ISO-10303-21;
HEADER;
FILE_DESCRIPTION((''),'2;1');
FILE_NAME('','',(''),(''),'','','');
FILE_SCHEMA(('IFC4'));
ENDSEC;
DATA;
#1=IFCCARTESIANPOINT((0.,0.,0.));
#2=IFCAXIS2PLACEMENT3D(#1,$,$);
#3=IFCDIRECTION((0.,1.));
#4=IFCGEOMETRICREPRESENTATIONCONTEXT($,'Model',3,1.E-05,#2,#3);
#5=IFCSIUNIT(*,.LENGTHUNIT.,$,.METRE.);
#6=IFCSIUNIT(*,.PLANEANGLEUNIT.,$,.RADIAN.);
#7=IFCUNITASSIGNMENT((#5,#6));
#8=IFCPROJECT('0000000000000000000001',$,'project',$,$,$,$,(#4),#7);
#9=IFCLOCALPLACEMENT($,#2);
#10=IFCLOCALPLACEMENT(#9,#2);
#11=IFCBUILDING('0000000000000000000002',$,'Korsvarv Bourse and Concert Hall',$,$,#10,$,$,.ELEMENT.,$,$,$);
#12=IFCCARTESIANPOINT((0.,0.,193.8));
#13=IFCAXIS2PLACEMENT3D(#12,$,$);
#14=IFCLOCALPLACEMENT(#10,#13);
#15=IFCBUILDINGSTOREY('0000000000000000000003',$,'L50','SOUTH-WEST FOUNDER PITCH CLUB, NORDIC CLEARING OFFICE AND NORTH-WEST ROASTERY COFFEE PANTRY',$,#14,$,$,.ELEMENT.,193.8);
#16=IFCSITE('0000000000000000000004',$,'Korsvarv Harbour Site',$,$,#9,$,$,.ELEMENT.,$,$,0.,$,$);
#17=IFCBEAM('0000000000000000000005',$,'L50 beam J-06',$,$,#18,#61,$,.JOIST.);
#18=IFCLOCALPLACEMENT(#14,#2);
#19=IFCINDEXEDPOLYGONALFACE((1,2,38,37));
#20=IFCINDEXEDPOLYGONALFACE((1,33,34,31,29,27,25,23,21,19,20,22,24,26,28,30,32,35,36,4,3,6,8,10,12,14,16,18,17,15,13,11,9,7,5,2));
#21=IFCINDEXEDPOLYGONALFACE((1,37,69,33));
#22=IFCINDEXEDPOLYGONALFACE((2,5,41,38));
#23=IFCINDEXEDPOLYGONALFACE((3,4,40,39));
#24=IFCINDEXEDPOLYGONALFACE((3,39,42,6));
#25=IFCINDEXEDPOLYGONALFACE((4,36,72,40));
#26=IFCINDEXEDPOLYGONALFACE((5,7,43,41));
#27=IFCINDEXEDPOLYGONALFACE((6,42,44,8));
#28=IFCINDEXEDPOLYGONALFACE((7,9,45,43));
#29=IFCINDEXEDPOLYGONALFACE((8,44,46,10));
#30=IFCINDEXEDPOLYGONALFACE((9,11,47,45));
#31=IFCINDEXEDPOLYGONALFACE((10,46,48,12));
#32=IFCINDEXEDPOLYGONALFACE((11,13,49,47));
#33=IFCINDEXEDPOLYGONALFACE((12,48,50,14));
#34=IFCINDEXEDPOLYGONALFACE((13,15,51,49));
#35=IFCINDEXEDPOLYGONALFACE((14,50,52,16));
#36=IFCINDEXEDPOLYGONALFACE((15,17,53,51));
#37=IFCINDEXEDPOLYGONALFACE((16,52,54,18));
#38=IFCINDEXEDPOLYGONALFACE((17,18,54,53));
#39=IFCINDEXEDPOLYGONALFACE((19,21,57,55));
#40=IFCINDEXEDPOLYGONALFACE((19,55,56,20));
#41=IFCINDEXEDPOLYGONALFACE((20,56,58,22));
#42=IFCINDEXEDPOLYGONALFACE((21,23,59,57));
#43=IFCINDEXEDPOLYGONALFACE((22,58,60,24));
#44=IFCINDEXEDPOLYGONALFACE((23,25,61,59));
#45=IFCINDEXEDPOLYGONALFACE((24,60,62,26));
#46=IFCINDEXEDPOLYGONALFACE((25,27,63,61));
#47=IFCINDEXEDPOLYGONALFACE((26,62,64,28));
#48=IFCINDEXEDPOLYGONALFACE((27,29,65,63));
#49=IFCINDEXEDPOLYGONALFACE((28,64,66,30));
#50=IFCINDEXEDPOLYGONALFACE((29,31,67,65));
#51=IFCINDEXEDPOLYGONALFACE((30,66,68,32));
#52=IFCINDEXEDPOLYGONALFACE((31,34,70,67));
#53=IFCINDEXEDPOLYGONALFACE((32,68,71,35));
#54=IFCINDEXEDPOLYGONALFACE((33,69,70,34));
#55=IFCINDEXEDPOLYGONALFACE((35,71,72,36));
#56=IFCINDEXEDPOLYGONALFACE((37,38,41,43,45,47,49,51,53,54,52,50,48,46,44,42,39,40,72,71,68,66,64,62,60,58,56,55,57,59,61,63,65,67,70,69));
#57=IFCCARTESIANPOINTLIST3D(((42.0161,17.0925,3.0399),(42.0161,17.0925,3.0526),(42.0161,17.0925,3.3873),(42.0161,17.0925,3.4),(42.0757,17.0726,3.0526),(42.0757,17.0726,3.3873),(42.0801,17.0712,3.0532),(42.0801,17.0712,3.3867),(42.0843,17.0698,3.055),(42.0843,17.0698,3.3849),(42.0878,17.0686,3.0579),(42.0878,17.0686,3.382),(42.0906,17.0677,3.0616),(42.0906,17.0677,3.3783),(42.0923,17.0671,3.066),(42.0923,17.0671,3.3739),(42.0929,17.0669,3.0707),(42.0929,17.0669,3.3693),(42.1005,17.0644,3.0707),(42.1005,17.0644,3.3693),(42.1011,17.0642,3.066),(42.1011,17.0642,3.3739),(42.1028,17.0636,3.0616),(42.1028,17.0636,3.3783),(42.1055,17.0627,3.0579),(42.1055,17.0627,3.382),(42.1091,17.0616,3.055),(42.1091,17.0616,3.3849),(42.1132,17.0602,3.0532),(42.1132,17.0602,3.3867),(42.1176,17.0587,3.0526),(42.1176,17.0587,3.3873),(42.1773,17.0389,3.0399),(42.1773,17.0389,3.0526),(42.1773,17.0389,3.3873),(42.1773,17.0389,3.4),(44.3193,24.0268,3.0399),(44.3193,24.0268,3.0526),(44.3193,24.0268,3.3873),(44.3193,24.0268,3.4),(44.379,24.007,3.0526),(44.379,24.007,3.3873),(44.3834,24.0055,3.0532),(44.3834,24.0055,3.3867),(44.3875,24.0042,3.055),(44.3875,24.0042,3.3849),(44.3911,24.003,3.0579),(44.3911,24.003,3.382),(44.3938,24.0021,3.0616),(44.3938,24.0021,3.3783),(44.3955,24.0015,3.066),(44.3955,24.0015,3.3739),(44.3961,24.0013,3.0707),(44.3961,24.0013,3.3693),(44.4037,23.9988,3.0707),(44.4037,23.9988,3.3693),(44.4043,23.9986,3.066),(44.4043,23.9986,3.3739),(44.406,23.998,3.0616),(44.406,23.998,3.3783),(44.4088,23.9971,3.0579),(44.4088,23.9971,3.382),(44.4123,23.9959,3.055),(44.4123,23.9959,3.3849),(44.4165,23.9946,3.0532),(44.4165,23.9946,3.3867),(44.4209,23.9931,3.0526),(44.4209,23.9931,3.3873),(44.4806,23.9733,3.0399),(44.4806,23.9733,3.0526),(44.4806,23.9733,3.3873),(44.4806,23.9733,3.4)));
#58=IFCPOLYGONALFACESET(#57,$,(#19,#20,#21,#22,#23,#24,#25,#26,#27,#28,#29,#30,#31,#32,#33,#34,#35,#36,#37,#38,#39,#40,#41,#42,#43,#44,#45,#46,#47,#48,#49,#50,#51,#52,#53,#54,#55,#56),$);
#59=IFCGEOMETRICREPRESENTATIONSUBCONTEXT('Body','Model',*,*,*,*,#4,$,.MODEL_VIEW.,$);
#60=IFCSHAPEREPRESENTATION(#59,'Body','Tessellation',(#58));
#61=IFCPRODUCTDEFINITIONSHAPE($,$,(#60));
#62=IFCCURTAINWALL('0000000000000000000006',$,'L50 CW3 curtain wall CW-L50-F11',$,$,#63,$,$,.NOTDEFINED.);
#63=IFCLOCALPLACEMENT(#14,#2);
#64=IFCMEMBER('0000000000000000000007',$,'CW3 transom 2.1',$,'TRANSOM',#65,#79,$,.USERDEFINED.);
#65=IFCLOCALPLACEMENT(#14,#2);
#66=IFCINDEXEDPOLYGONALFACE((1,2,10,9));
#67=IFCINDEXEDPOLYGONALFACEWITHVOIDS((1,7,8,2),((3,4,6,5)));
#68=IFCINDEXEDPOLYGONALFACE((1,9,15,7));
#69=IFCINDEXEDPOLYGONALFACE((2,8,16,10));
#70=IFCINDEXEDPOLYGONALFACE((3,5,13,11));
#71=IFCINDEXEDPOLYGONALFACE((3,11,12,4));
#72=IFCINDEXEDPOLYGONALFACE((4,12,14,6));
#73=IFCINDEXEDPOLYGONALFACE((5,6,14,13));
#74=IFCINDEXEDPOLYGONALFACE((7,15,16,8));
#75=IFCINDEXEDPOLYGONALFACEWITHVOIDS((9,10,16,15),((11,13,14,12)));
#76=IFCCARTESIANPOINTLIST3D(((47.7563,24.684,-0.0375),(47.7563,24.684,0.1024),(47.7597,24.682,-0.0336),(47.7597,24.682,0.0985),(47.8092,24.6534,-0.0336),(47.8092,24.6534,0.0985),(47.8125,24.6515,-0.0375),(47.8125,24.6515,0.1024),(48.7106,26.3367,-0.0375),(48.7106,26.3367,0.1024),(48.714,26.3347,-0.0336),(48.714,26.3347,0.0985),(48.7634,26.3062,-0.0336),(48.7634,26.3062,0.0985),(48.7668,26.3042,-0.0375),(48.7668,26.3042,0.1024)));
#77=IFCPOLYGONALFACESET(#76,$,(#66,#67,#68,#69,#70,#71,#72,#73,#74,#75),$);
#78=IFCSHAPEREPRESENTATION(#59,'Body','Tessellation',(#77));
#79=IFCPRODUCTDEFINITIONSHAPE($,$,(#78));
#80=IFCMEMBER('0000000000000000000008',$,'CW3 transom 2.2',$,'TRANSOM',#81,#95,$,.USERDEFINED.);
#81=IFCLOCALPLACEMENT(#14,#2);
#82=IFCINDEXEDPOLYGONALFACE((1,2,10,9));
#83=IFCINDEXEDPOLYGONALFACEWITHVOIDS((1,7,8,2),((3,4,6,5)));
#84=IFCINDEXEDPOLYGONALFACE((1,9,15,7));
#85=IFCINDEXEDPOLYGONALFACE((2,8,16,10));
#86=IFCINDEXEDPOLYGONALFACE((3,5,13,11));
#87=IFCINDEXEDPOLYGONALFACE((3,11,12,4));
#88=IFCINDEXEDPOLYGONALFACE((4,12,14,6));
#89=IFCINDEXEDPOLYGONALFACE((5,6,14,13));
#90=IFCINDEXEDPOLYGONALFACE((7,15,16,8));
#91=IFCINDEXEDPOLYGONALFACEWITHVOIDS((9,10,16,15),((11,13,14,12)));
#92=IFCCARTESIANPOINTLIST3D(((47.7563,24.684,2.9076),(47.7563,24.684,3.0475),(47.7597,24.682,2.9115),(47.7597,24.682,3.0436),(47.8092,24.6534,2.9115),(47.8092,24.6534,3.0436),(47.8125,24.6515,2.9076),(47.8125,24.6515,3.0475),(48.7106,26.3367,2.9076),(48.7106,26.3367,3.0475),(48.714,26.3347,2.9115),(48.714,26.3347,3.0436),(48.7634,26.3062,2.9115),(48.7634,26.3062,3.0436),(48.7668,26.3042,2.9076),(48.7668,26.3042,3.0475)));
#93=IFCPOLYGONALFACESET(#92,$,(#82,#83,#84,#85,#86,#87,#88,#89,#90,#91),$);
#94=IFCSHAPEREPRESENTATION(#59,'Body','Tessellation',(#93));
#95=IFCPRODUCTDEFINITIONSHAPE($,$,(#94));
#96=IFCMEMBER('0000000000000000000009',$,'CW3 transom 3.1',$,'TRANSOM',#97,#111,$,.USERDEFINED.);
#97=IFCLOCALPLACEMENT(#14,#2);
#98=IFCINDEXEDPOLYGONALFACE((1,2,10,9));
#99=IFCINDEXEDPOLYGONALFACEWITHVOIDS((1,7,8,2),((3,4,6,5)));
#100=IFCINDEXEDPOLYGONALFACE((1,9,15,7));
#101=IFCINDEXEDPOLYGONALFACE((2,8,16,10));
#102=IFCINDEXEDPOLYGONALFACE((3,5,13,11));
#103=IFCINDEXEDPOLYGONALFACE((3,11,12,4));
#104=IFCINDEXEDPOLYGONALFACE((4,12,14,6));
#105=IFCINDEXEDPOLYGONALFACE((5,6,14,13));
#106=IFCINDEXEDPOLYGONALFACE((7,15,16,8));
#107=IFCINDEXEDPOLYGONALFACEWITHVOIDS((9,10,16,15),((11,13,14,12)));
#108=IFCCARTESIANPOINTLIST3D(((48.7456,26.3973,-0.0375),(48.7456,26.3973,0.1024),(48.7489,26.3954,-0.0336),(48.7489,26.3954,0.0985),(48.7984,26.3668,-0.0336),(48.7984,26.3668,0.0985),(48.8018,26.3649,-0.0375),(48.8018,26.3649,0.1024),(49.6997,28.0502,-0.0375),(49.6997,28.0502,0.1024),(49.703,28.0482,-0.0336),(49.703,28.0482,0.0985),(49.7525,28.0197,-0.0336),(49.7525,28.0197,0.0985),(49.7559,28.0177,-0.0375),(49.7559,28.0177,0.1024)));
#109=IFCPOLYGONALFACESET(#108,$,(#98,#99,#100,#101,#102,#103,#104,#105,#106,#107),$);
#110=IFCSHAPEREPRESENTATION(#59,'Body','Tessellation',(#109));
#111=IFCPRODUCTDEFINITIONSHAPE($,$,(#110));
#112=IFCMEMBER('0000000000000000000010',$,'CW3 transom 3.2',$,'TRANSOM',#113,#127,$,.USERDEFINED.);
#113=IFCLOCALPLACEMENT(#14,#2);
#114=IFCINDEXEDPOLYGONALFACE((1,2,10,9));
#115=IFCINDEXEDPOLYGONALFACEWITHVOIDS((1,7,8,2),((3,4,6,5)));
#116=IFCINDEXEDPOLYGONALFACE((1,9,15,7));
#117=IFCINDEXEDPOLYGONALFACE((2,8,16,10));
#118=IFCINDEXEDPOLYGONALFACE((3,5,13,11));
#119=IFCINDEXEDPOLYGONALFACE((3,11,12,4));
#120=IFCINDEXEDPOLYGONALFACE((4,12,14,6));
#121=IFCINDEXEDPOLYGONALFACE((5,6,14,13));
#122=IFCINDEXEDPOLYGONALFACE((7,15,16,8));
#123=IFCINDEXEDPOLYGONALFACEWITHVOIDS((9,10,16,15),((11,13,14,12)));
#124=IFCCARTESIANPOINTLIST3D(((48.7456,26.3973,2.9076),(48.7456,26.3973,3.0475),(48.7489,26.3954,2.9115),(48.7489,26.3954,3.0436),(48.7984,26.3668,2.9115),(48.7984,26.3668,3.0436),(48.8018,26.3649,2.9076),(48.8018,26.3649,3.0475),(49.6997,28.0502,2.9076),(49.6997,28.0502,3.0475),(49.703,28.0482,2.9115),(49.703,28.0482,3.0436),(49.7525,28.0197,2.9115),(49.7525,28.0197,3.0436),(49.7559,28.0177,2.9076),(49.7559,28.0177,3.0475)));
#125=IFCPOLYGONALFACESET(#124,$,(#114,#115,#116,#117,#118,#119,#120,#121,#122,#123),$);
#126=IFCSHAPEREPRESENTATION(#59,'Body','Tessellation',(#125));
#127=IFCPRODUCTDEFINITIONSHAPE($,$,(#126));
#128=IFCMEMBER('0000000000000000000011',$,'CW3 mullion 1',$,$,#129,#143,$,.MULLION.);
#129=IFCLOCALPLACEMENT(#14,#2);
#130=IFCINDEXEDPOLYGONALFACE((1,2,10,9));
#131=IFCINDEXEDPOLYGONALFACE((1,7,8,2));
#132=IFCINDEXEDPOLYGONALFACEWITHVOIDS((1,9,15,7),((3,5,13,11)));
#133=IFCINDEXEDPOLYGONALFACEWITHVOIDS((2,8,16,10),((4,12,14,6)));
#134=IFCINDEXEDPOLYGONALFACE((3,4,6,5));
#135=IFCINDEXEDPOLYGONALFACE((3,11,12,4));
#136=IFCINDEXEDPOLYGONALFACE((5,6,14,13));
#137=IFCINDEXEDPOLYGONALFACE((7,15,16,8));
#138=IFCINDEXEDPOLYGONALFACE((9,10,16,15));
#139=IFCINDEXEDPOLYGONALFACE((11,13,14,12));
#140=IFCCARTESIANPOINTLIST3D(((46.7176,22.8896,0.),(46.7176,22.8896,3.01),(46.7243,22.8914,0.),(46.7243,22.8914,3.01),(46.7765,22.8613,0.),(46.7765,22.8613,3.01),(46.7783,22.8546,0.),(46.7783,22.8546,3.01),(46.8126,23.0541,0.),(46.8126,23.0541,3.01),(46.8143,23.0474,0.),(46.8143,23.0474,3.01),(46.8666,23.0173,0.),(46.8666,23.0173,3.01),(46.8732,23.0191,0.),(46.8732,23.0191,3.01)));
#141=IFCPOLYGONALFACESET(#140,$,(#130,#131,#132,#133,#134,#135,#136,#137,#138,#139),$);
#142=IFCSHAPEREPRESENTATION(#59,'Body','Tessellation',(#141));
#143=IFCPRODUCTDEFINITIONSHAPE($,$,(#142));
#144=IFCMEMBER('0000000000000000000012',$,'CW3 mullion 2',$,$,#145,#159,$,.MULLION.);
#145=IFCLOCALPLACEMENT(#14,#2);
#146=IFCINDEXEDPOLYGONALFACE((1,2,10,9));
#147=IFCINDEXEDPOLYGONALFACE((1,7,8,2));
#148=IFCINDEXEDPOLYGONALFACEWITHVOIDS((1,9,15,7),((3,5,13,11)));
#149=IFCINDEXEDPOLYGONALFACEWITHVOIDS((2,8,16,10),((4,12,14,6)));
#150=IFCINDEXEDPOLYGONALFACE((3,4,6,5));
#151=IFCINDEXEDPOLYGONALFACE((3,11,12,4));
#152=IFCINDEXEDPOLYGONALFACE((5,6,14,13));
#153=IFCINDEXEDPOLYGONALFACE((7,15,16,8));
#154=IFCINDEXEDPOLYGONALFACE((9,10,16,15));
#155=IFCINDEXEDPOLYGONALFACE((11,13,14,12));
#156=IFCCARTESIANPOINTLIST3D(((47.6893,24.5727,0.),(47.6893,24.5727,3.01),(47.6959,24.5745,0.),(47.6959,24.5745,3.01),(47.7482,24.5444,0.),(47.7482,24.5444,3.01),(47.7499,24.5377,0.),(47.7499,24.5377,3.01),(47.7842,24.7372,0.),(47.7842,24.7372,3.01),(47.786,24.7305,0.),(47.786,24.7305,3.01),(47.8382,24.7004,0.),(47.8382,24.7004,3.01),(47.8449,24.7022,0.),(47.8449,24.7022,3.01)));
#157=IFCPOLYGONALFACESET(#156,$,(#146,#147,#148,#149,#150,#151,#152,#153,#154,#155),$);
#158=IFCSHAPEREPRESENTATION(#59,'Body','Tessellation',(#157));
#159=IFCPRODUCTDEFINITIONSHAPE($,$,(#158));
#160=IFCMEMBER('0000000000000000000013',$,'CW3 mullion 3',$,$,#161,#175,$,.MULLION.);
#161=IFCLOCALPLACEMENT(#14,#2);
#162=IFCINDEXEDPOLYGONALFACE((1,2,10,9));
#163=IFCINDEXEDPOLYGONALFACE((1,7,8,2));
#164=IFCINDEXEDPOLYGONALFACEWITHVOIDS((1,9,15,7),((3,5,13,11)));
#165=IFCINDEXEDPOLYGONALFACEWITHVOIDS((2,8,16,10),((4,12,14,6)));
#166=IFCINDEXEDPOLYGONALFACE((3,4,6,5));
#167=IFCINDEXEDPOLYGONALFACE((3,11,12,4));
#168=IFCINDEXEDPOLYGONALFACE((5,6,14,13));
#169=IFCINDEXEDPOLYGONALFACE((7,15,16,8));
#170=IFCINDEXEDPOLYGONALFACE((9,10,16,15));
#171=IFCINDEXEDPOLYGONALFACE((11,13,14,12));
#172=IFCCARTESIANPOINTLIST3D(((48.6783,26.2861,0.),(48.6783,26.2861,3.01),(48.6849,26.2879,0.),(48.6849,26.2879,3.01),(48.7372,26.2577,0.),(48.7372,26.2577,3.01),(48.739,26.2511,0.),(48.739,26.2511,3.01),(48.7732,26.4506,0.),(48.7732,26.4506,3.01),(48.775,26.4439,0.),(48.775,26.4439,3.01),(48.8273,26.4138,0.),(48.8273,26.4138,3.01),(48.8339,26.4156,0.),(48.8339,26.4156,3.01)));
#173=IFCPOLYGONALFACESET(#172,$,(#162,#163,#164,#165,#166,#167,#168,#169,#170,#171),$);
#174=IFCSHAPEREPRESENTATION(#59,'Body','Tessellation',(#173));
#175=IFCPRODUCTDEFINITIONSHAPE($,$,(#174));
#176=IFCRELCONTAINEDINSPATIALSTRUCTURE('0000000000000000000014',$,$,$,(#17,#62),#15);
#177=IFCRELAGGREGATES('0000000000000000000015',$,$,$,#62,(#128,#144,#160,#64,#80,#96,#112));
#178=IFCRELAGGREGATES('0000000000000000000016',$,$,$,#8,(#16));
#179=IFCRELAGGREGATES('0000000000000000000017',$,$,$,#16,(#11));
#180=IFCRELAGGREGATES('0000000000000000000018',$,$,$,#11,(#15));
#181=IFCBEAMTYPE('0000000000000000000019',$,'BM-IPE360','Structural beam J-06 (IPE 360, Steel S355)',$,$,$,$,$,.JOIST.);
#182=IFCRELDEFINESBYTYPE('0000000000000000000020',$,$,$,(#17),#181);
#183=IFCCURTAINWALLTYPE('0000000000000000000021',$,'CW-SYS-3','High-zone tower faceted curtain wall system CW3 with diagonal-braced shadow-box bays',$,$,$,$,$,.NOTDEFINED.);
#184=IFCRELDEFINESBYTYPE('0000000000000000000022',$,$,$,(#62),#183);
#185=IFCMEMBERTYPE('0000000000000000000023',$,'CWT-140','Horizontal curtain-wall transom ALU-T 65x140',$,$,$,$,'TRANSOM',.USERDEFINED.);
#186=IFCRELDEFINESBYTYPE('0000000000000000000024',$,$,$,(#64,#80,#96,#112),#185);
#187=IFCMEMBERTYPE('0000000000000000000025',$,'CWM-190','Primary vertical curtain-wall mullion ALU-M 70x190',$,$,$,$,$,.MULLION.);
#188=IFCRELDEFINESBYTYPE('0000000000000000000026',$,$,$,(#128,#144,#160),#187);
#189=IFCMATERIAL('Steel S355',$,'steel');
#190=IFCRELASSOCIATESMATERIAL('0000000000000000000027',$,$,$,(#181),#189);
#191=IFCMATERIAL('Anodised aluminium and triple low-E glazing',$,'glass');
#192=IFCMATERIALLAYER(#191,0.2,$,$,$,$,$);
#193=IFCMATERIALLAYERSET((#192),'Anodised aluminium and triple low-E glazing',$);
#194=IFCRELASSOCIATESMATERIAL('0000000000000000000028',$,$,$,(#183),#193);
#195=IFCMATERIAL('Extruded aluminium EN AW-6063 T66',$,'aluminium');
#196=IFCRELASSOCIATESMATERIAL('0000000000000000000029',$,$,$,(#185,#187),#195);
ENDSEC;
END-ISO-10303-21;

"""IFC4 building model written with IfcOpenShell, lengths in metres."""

from ifc_helpers import new_model, si_unit, direction, frame, origin, origin_2d, place, context, subcontext, project, spatial, hollow_rectangle, i_section, extrude, source, transform, mapped, material, layer, layer_set, material_profile, profile_set, type_object, element, aggregate, save


model = new_model("IFC4")

# Units and contexts
model_context = context("Model", 3, precision=1e-05, world=origin(), true_north=direction((0.0, 1.0)))
body_context = subcontext(model_context, "Body", "Model", "MODEL_VIEW")
ifc_project = project(units=[si_unit("LENGTHUNIT", "METRE"), si_unit("PLANEANGLEUNIT", "RADIAN")], contexts=[model_context])

# Site, building, storey
site_placement = place(None, origin())
site = spatial("IfcSite", under=ifc_project, at=site_placement, Name="Korsvarv Harbour Site", CompositionType="ELEMENT", RefElevation=0.0)
building_placement = place(site_placement, origin())
building = spatial("IfcBuilding", under=site, at=building_placement, Name="Korsvarv Bourse and Concert Hall", CompositionType="ELEMENT")
storey_placement = place(building_placement, frame((0.0, 0.0, 193.8)))
storey = spatial("IfcBuildingStorey", under=building, at=storey_placement, Name="L50", Description="SOUTH-WEST FOUNDER PITCH CLUB, NORDIC CLEARING OFFICE AND NORTH-WEST ROASTERY COFFEE PANTRY", CompositionType="ELEMENT", Elevation=193.8)

# Shared definitions
ifc_material_1 = material(Name="Steel S355", Category="steel")

# Beam
ifc_material_profile_1 = material_profile(ifc_material_1, i_section(OverallWidth=0.1699, OverallDepth=0.3601, WebThickness=0.0081, FlangeThickness=0.0127, FilletRadius=0.0181, at=origin_2d()), Name="IPE 360")
ifc_profile_set_1 = profile_set([ifc_material_profile_1], Name="Steel S355")
beam_type_1 = type_object("IfcBeamType", Name="BM-IPE360", Description="Structural beam J-06 (IPE 360, Steel S355)", PredefinedType="JOIST", material=ifc_profile_set_1)
shared_shape_1 = source(origin(), body_context, "Body", "SweptSolid", [
    extrude(i_section(OverallWidth=0.1699, OverallDepth=0.3601, WebThickness=0.0081, FlangeThickness=0.0127, FilletRadius=0.0181, at=origin_2d()), origin(), (0.0, 0.0, 1.0), 7.3069),
])
beam_1_placement = place(storey_placement, frame((42.0967, 17.0657, 3.22), z_axis=(0.315215, 0.94902, 0.0), x_axis=(-0.94902, 0.315215, 0.0)))
element("IfcBeam", 1, at=beam_1_placement, inside=storey, type_object=beam_type_1, Name="L50 beam J-06", PredefinedType="JOIST", context=body_context, shape_type="MappedRepresentation", body=[
    mapped(shared_shape_1, transform((0.0, 0.0, 0.0), scale=1.0)),
])

# Curtain wall, members
ifc_material_2 = material(Name="Anodised aluminium and triple low-E glazing", Category="glass")
ifc_layer_1 = layer(ifc_material_2, 0.2)
ifc_layer_set_1 = layer_set([ifc_layer_1], Name="Anodised aluminium and triple low-E glazing")
curtain_wall_type = type_object("IfcCurtainWallType", Name="CW-SYS-3", Description="High-zone tower faceted curtain wall system CW3 with diagonal-braced shadow-box bays", PredefinedType="NOTDEFINED", material=ifc_layer_set_1)
curtain_wall_placement = place(storey_placement, origin())
curtain_wall = element("IfcCurtainWall", 2, at=curtain_wall_placement, inside=storey, type_object=curtain_wall_type, Name="L50 CW3 curtain wall CW-L50-F11", PredefinedType="NOTDEFINED")
ifc_material_3 = material(Name="Extruded aluminium EN AW-6063 T66", Category="aluminium")
ifc_material_profile_2 = material_profile(ifc_material_3, hollow_rectangle(XDim=0.0649, YDim=0.1399, WallThickness=0.0039, at=origin_2d()), Name="ALU-T 65x140")
ifc_profile_set_2 = profile_set([ifc_material_profile_2], Name="Extruded aluminium EN AW-6063 T66")
member_type_1 = type_object("IfcMemberType", Name="CWT-140", Description="Horizontal curtain-wall transom ALU-T 65x140", ElementType="TRANSOM", PredefinedType="USERDEFINED", material=ifc_profile_set_2)
shared_shape_2 = source(origin(), body_context, "Body", "SweptSolid", [
    extrude(hollow_rectangle(XDim=0.0649, YDim=0.1399, WallThickness=0.0039, at=origin_2d()), origin(), (0.0, 0.0, 1.0), 1.9084),
])
member_1_placement = place(storey_placement, frame((47.7844, 24.6677, 0.0325), z_axis=(0.500032, 0.866007, 0.0), x_axis=(-0.866007, 0.500032, 0.0)))
member_1 = element("IfcMember", 3, at=member_1_placement, type_object=member_type_1, Name="CW3 transom 2.1", ObjectType="TRANSOM", PredefinedType="USERDEFINED", context=body_context, shape_type="MappedRepresentation", body=[
    mapped(shared_shape_2, transform((0.0, 0.0, 0.0), scale=1.0)),
])
member_2_placement = place(storey_placement, frame((47.7844, 24.6677, 2.9775), z_axis=(0.500032, 0.866007, 0.0), x_axis=(-0.866007, 0.500032, 0.0)))
member_2 = element("IfcMember", 4, at=member_2_placement, type_object=member_type_1, Name="CW3 transom 2.2", ObjectType="TRANSOM", PredefinedType="USERDEFINED", context=body_context, shape_type="MappedRepresentation", body=[
    mapped(shared_shape_2, transform((0.0, 0.0, 0.0), scale=1.0)),
])
member_3_placement = place(storey_placement, frame((48.7737, 26.3811, 0.0325), z_axis=(0.499937, 0.866062, 0.0), x_axis=(-0.866062, 0.499937, 0.0)))
member_3 = element("IfcMember", 5, at=member_3_placement, type_object=member_type_1, Name="CW3 transom 3.1", ObjectType="TRANSOM", PredefinedType="USERDEFINED", context=body_context, shape_type="MappedRepresentation", body=[
    mapped(shared_shape_2, transform((0.0, 0.0, 0.0), scale=1.0)),
])
member_4_placement = place(storey_placement, frame((48.7737, 26.3811, 2.9775), z_axis=(0.499937, 0.866062, 0.0), x_axis=(-0.866062, 0.499937, 0.0)))
member_4 = element("IfcMember", 6, at=member_4_placement, type_object=member_type_1, Name="CW3 transom 3.2", ObjectType="TRANSOM", PredefinedType="USERDEFINED", context=body_context, shape_type="MappedRepresentation", body=[
    mapped(shared_shape_2, transform((0.0, 0.0, 0.0), scale=1.0)),
])
ifc_material_profile_3 = material_profile(ifc_material_3, hollow_rectangle(XDim=0.0701, YDim=0.1899, WallThickness=0.0049, at=origin_2d()), Name="ALU-M 70x190")
ifc_profile_set_3 = profile_set([ifc_material_profile_3], Name="Extruded aluminium EN AW-6063 T66")
member_type_2 = type_object("IfcMemberType", Name="CWM-190", Description="Primary vertical curtain-wall mullion ALU-M 70x190", PredefinedType="MULLION", material=ifc_profile_set_3)
shared_shape_3 = source(origin(), body_context, "Body", "SweptSolid", [
    extrude(hollow_rectangle(XDim=0.0701, YDim=0.1899, WallThickness=0.0049, at=origin_2d()), origin(), (0.0, 0.0, 1.0), 3.01),
])
member_5_placement = place(storey_placement, frame((46.7954, 22.9543, 0.0), z_axis=(0.0, 0.0, 1.0), x_axis=(-0.86603, 0.499993, 0.0)))
member_5 = element("IfcMember", 7, at=member_5_placement, type_object=member_type_2, Name="CW3 mullion 1", PredefinedType="MULLION", context=body_context, shape_type="MappedRepresentation", body=[
    mapped(shared_shape_3, transform((0.0, 0.0, 0.0), scale=1.0)),
])
member_6_placement = place(storey_placement, frame((47.7671, 24.6375, 0.0), z_axis=(0.0, 0.0, 1.0), x_axis=(-0.86603, 0.499993, 0.0)))
member_6 = element("IfcMember", 8, at=member_6_placement, type_object=member_type_2, Name="CW3 mullion 2", PredefinedType="MULLION", context=body_context, shape_type="MappedRepresentation", body=[
    mapped(shared_shape_3, transform((0.0, 0.0, 0.0), scale=1.0)),
])
member_7_placement = place(storey_placement, frame((48.7561, 26.3508, 0.0), z_axis=(0.0, 0.0, 1.0), x_axis=(-0.86603, 0.499993, 0.0)))
member_7 = element("IfcMember", 9, at=member_7_placement, type_object=member_type_2, Name="CW3 mullion 3", PredefinedType="MULLION", context=body_context, shape_type="MappedRepresentation", body=[
    mapped(shared_shape_3, transform((0.0, 0.0, 0.0), scale=1.0)),
])
aggregate(curtain_wall, [member_5, member_6, member_7, member_1, member_2, member_3, member_4])

save(model, "model.ifc")
